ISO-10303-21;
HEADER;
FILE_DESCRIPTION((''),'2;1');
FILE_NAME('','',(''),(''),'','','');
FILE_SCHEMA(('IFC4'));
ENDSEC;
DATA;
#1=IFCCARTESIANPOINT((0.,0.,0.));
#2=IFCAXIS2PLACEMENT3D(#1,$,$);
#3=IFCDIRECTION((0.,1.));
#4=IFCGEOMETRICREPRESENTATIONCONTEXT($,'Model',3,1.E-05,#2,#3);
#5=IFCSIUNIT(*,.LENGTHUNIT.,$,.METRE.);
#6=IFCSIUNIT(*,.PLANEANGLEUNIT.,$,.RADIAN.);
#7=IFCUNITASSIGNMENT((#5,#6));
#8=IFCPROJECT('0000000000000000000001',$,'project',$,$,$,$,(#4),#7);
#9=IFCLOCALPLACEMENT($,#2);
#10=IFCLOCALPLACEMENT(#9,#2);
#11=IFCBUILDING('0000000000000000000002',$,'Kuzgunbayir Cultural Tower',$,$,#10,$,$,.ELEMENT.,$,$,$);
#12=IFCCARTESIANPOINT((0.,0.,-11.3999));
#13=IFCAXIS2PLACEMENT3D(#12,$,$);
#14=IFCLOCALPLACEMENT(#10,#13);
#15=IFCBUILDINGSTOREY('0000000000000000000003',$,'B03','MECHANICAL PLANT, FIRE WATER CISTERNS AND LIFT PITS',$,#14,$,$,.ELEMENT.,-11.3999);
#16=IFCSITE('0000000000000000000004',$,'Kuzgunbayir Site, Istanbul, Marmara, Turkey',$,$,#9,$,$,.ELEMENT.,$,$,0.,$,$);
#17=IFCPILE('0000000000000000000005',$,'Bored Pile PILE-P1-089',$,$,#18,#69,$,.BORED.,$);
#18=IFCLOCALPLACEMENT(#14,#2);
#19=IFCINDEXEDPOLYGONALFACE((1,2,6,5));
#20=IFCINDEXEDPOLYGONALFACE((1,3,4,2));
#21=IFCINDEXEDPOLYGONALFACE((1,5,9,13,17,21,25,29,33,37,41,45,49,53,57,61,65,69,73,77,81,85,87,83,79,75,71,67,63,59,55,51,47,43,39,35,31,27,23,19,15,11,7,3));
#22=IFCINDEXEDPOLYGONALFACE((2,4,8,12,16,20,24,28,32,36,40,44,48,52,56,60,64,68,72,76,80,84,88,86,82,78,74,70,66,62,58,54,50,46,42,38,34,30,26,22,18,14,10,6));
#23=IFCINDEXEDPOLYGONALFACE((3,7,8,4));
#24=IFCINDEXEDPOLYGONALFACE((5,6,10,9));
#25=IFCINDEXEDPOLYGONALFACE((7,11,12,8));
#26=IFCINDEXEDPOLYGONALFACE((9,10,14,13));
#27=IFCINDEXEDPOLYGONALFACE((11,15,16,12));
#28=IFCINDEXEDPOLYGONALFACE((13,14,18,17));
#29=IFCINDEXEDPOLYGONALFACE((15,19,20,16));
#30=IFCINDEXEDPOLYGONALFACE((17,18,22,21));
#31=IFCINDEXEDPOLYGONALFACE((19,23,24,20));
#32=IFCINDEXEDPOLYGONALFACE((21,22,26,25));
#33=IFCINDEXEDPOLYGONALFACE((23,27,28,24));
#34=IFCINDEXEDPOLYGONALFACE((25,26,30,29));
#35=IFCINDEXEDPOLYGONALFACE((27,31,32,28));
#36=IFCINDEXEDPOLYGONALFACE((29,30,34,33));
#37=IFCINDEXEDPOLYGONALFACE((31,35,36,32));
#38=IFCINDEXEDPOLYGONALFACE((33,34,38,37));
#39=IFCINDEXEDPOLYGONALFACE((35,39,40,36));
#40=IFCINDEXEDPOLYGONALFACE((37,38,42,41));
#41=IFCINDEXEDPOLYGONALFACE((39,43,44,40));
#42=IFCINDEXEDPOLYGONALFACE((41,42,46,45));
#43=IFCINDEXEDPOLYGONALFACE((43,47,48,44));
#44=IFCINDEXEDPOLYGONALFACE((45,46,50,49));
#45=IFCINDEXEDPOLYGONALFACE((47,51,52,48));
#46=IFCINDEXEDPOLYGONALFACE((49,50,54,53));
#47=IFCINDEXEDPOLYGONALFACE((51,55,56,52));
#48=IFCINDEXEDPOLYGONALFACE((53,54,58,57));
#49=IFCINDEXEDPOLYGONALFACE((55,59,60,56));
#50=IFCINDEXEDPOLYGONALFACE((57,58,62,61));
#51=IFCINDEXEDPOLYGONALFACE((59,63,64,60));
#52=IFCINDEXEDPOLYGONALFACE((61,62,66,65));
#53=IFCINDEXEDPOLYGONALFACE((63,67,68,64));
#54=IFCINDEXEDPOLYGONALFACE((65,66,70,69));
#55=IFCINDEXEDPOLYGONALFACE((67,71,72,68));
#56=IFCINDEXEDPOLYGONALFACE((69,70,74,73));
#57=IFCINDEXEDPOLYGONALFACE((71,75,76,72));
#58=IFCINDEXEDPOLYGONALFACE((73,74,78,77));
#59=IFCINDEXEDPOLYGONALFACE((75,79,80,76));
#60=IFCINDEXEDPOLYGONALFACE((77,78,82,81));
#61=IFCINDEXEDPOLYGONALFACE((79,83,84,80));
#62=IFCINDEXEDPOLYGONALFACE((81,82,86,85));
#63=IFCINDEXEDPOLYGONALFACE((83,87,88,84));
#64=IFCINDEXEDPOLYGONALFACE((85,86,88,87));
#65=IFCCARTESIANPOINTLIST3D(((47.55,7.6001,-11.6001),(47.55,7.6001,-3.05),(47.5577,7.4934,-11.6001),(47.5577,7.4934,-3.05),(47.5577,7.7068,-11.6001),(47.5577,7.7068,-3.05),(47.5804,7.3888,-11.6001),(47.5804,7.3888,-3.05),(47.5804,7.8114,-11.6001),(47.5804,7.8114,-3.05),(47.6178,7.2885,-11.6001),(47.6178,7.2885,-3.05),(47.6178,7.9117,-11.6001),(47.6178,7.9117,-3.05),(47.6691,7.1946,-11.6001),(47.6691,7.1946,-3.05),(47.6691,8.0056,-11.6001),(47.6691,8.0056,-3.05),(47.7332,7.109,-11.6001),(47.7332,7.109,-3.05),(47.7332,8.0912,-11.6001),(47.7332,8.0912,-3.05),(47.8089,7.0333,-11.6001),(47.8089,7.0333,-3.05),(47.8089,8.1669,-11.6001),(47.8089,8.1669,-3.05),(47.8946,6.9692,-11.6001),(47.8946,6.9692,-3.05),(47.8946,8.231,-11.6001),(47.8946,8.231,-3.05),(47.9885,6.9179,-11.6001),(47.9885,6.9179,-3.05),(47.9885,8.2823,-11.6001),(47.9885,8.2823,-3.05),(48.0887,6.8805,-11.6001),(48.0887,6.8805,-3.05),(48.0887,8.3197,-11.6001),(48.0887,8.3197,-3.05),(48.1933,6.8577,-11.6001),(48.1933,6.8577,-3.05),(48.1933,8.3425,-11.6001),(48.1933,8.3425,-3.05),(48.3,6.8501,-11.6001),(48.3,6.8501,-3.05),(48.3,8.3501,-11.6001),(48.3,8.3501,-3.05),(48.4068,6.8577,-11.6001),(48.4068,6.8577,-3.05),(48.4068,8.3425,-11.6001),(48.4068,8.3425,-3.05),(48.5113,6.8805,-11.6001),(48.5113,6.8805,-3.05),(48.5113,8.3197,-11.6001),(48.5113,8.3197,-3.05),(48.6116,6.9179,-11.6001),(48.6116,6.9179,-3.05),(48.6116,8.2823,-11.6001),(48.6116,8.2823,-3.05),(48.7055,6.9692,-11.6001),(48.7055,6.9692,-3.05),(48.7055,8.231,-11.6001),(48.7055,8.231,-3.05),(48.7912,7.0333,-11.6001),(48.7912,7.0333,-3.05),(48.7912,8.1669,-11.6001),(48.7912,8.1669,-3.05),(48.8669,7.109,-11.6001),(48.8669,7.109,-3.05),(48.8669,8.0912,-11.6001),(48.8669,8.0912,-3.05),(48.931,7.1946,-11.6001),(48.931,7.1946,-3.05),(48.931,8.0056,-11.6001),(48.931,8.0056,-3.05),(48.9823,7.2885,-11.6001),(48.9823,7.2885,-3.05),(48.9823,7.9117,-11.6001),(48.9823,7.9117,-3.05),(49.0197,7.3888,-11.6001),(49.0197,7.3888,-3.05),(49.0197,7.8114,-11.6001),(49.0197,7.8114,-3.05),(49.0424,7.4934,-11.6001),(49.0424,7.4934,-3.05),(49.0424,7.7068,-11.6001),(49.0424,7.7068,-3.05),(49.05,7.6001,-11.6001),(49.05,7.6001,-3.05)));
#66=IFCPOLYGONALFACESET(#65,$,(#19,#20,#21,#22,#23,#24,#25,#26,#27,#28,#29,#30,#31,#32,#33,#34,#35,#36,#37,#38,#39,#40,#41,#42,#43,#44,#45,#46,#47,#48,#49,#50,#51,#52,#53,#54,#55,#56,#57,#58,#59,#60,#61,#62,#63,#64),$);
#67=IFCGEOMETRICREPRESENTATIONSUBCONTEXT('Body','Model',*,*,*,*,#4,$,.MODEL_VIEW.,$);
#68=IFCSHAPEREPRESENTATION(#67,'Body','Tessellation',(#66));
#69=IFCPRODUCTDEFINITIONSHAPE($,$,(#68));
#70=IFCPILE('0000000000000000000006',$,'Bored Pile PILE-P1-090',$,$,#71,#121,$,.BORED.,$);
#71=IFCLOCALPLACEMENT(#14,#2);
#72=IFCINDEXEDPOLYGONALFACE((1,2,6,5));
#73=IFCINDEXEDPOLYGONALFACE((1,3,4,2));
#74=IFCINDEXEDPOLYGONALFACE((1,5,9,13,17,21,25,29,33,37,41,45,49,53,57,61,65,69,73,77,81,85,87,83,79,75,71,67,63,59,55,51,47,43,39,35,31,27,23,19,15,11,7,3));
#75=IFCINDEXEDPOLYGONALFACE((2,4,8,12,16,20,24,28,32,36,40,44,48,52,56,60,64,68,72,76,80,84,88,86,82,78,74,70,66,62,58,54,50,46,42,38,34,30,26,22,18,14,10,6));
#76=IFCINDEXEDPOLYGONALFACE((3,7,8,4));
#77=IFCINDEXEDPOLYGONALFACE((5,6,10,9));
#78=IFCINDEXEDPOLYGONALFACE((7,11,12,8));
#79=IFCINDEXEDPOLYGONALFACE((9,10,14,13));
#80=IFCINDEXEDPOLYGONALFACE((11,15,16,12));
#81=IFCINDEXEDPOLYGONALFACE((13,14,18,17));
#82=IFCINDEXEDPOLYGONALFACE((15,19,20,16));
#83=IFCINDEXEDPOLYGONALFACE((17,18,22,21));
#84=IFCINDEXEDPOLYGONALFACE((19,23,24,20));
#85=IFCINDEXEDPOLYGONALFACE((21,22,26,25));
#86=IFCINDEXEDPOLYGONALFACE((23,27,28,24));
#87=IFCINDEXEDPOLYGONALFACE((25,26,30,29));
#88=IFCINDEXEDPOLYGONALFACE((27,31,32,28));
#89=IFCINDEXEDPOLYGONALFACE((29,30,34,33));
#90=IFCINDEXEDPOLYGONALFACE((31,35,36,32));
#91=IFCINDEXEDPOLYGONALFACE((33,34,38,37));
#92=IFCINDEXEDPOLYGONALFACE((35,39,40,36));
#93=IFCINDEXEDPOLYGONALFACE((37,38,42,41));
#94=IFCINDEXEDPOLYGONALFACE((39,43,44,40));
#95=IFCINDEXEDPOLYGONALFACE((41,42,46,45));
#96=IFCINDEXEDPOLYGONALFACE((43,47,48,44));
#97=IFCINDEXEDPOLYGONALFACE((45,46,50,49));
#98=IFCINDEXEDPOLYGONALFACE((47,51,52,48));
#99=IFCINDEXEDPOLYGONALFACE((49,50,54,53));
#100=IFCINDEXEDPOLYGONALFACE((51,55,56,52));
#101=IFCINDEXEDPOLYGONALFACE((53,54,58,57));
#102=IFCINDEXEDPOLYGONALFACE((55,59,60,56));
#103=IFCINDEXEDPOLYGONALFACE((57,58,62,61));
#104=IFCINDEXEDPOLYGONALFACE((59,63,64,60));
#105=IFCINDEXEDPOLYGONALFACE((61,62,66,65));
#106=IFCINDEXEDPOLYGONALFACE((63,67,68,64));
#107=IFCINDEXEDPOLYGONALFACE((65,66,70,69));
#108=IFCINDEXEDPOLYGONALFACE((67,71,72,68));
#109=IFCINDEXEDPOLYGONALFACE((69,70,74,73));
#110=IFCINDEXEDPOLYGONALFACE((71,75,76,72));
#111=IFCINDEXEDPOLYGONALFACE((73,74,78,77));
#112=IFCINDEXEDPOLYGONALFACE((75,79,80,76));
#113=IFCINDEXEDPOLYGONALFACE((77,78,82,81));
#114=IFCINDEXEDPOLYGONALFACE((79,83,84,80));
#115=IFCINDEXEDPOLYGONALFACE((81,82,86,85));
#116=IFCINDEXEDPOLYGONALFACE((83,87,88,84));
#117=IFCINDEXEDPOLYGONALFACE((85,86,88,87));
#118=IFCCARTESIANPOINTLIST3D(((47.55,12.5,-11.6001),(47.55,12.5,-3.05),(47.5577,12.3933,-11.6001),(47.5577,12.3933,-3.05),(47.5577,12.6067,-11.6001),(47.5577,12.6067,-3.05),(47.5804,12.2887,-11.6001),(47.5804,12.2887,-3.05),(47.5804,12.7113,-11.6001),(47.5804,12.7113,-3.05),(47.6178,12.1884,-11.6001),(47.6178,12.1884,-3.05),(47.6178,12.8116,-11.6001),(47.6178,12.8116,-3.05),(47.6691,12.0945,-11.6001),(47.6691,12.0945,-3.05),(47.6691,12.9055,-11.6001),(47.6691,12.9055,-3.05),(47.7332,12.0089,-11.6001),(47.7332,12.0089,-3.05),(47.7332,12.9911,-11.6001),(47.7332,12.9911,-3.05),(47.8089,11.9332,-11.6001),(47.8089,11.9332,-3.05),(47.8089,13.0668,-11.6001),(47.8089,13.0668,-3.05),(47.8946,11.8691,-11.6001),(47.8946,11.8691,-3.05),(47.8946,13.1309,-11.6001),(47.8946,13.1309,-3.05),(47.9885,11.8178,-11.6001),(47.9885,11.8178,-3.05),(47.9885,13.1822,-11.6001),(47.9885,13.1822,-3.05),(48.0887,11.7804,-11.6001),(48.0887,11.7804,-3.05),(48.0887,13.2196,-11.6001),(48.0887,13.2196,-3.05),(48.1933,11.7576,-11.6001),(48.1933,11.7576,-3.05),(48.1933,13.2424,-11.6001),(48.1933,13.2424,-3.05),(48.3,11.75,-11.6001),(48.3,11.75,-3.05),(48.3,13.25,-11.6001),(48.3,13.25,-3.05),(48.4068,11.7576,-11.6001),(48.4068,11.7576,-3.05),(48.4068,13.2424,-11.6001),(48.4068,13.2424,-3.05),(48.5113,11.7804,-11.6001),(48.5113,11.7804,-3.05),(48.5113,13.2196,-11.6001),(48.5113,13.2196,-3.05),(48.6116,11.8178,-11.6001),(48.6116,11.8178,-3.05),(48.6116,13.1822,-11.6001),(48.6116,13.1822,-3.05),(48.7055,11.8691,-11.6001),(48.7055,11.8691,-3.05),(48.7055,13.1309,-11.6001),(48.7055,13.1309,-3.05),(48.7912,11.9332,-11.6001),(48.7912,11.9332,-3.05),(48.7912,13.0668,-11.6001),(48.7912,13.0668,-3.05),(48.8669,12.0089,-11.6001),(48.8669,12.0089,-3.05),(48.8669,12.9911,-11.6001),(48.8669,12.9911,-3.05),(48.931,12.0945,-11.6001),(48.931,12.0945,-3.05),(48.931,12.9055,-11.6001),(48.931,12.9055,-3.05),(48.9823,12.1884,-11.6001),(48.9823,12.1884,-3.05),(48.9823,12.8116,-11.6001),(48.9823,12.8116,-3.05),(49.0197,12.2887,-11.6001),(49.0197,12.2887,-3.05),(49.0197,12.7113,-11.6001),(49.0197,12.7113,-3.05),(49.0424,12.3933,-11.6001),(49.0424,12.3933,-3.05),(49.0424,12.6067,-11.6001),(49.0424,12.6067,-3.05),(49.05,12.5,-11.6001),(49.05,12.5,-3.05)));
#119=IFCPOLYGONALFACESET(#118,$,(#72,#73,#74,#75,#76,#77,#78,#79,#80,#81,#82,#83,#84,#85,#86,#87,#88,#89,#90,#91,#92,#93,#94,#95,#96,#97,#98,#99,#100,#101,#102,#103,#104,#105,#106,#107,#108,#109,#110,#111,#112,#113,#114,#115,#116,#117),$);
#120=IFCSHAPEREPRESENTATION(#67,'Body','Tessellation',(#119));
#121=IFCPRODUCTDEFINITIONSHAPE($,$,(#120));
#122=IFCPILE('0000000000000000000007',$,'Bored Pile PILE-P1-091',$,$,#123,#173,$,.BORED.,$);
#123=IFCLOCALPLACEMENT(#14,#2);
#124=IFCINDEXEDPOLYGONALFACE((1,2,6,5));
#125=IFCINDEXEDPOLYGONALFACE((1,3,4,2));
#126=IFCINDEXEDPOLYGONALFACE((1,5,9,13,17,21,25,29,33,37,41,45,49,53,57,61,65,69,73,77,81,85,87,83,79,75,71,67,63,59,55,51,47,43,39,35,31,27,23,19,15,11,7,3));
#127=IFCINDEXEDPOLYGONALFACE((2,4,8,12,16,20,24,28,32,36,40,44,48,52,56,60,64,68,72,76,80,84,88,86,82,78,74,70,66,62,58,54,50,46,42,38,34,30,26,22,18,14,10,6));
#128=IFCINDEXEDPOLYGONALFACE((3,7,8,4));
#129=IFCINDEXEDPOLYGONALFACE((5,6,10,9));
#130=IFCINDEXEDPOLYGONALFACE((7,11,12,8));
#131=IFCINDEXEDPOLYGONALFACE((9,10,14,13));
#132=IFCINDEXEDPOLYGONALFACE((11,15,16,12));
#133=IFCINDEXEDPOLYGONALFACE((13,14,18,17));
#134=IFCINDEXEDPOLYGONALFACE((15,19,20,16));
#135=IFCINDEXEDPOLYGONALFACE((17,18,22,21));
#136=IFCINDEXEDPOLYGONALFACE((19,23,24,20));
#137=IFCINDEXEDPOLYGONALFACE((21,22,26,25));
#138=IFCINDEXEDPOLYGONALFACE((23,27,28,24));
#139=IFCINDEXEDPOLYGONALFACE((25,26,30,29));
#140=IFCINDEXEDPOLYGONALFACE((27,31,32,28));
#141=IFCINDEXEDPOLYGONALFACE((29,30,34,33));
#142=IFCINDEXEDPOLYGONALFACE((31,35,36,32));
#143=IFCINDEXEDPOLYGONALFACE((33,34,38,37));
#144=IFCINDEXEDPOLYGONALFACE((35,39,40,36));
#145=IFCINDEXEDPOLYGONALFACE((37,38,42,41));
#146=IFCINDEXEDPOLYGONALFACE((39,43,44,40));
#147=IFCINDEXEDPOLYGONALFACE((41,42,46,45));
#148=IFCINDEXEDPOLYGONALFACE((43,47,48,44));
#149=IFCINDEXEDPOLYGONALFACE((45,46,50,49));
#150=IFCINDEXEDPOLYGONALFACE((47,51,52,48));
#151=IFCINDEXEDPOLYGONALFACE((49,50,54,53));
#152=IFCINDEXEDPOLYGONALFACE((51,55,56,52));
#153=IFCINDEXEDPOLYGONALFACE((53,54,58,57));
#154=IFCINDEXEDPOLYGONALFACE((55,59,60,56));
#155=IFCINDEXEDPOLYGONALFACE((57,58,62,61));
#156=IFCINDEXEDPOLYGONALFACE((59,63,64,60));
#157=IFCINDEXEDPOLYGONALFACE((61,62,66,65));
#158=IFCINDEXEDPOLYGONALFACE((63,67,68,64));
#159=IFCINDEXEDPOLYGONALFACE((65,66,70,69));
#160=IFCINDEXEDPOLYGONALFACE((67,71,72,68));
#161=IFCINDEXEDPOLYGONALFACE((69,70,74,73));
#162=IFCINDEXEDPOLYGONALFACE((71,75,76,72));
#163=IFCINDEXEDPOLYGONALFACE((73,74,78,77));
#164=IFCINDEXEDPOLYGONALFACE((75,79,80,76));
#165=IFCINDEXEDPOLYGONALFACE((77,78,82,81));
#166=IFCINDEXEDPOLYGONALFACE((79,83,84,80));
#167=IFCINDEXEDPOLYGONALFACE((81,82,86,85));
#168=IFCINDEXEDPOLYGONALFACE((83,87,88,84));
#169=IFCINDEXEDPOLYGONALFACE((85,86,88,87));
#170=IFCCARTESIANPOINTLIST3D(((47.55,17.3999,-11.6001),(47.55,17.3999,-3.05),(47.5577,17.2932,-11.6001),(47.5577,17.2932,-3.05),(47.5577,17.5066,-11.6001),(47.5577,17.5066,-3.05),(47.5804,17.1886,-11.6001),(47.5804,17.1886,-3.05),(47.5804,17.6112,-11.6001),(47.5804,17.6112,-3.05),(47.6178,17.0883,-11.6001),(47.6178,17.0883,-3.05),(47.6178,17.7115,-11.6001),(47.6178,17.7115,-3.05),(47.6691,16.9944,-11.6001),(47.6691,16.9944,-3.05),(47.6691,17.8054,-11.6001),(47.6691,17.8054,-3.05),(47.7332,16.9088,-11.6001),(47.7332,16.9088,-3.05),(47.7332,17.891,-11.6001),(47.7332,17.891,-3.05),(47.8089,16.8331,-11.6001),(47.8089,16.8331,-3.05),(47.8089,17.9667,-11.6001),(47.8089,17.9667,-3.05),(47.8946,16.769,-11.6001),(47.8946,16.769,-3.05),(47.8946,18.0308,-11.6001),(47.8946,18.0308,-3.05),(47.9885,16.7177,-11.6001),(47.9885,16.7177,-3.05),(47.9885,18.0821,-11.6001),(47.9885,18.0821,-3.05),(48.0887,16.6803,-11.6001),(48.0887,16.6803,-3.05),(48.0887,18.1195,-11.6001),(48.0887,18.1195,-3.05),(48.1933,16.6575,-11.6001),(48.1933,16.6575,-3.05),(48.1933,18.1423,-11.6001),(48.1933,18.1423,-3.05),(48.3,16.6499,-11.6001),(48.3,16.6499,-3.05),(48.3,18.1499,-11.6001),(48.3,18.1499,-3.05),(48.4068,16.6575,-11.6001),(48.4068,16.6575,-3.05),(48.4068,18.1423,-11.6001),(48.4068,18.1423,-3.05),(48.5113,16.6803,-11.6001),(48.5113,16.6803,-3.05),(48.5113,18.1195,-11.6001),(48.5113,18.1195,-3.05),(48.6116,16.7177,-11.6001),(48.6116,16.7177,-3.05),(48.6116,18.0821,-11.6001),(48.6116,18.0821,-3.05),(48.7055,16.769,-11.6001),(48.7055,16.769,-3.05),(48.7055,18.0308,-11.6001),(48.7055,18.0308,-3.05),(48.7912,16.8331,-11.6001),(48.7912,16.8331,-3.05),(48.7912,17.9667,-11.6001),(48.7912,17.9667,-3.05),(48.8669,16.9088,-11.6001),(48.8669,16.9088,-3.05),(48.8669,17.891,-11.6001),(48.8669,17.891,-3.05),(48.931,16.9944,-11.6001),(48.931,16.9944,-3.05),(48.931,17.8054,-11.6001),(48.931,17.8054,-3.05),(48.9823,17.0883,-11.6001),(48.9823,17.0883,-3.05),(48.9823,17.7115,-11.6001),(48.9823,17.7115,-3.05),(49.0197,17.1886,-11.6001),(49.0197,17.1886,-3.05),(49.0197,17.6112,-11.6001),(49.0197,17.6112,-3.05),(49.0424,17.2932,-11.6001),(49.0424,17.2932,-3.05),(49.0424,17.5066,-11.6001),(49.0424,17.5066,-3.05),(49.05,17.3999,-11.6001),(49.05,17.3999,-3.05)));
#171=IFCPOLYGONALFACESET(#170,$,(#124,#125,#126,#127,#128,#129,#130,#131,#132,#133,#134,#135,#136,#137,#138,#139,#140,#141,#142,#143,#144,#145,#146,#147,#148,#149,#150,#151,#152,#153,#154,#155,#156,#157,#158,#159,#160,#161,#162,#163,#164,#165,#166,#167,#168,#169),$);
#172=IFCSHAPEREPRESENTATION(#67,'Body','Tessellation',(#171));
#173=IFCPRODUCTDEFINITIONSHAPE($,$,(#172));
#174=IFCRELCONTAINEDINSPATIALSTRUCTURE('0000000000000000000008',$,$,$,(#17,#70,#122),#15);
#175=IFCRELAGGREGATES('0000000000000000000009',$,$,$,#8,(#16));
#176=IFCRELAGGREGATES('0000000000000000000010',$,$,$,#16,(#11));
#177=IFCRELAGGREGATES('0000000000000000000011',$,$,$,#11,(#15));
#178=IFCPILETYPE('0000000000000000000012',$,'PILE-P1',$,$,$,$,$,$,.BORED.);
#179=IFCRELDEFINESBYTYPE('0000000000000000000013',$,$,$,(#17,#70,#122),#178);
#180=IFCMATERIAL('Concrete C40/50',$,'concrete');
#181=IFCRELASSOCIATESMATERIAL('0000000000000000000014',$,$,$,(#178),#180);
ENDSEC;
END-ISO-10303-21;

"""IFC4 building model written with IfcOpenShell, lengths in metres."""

from ifc_helpers import new_model, si_unit, direction, frame, origin, origin_2d, place, context, subcontext, project, spatial, circle, extrude, material, material_profile, profile_set, type_object, element, save


model = new_model("IFC4")

# Units and contexts
model_context = context("Model", 3, precision=1e-05, world=origin(), true_north=direction((0.0, 1.0)))
body_context = subcontext(model_context, "Body", "Model", "MODEL_VIEW")
ifc_project = project(units=[si_unit("LENGTHUNIT", "METRE"), si_unit("PLANEANGLEUNIT", "RADIAN")], contexts=[model_context])

# Site, building, storey
site_placement = place(None, origin())
site = spatial("IfcSite", under=ifc_project, at=site_placement, Name="Kuzgunbayir Site, Istanbul, Marmara, Turkey", CompositionType="ELEMENT", RefElevation=0.0)
building_placement = place(site_placement, origin())
building = spatial("IfcBuilding", under=site, at=building_placement, Name="Kuzgunbayir Cultural Tower", CompositionType="ELEMENT")
storey_placement = place(building_placement, frame((0.0, 0.0, -11.3999)))
storey = spatial("IfcBuildingStorey", under=building, at=storey_placement, Name="B03", Description="MECHANICAL PLANT, FIRE WATER CISTERNS AND LIFT PITS", CompositionType="ELEMENT", Elevation=-11.3999)

# Piles
ifc_material_1 = material(Name="Concrete C40/50", Category="concrete")
ifc_material_profile_1 = material_profile(ifc_material_1, circle(Radius=0.75, at=origin_2d()), Name="BORED PILE 1500")
ifc_profile_set_1 = profile_set([ifc_material_profile_1], Name="Concrete C40/50")
pile_type_1 = type_object("IfcPileType", Name="PILE-P1", PredefinedType="BORED", material=ifc_profile_set_1)
for number, where, z_axis, x_axis, name in (
    (1, (48.3, 7.6001, -3.05), (0.0, 0.0, -1.0), (1.0, 0.0, 0.0), "Bored Pile PILE-P1-089"),
    (2, (48.3, 12.5, -3.05), (0.0, 0.0, -1.0), (1.0, 0.0, 0.0), "Bored Pile PILE-P1-090"),
    (3, (48.3, 17.3999, -3.05), (0.0, 0.0, -1.0), (1.0, 0.0, 0.0), "Bored Pile PILE-P1-091"),
):
    element("IfcPile", number, at=place(storey_placement, frame(where, z_axis=z_axis, x_axis=x_axis)), inside=storey, type_object=pile_type_1, Name=name, PredefinedType="BORED", context=body_context, shape_type="SweptSolid", body=[
        extrude(circle(Radius=0.75, at=origin_2d()), origin(), (0.0, 0.0, 1.0), 8.55),
    ])

save(model, "model.ifc")
